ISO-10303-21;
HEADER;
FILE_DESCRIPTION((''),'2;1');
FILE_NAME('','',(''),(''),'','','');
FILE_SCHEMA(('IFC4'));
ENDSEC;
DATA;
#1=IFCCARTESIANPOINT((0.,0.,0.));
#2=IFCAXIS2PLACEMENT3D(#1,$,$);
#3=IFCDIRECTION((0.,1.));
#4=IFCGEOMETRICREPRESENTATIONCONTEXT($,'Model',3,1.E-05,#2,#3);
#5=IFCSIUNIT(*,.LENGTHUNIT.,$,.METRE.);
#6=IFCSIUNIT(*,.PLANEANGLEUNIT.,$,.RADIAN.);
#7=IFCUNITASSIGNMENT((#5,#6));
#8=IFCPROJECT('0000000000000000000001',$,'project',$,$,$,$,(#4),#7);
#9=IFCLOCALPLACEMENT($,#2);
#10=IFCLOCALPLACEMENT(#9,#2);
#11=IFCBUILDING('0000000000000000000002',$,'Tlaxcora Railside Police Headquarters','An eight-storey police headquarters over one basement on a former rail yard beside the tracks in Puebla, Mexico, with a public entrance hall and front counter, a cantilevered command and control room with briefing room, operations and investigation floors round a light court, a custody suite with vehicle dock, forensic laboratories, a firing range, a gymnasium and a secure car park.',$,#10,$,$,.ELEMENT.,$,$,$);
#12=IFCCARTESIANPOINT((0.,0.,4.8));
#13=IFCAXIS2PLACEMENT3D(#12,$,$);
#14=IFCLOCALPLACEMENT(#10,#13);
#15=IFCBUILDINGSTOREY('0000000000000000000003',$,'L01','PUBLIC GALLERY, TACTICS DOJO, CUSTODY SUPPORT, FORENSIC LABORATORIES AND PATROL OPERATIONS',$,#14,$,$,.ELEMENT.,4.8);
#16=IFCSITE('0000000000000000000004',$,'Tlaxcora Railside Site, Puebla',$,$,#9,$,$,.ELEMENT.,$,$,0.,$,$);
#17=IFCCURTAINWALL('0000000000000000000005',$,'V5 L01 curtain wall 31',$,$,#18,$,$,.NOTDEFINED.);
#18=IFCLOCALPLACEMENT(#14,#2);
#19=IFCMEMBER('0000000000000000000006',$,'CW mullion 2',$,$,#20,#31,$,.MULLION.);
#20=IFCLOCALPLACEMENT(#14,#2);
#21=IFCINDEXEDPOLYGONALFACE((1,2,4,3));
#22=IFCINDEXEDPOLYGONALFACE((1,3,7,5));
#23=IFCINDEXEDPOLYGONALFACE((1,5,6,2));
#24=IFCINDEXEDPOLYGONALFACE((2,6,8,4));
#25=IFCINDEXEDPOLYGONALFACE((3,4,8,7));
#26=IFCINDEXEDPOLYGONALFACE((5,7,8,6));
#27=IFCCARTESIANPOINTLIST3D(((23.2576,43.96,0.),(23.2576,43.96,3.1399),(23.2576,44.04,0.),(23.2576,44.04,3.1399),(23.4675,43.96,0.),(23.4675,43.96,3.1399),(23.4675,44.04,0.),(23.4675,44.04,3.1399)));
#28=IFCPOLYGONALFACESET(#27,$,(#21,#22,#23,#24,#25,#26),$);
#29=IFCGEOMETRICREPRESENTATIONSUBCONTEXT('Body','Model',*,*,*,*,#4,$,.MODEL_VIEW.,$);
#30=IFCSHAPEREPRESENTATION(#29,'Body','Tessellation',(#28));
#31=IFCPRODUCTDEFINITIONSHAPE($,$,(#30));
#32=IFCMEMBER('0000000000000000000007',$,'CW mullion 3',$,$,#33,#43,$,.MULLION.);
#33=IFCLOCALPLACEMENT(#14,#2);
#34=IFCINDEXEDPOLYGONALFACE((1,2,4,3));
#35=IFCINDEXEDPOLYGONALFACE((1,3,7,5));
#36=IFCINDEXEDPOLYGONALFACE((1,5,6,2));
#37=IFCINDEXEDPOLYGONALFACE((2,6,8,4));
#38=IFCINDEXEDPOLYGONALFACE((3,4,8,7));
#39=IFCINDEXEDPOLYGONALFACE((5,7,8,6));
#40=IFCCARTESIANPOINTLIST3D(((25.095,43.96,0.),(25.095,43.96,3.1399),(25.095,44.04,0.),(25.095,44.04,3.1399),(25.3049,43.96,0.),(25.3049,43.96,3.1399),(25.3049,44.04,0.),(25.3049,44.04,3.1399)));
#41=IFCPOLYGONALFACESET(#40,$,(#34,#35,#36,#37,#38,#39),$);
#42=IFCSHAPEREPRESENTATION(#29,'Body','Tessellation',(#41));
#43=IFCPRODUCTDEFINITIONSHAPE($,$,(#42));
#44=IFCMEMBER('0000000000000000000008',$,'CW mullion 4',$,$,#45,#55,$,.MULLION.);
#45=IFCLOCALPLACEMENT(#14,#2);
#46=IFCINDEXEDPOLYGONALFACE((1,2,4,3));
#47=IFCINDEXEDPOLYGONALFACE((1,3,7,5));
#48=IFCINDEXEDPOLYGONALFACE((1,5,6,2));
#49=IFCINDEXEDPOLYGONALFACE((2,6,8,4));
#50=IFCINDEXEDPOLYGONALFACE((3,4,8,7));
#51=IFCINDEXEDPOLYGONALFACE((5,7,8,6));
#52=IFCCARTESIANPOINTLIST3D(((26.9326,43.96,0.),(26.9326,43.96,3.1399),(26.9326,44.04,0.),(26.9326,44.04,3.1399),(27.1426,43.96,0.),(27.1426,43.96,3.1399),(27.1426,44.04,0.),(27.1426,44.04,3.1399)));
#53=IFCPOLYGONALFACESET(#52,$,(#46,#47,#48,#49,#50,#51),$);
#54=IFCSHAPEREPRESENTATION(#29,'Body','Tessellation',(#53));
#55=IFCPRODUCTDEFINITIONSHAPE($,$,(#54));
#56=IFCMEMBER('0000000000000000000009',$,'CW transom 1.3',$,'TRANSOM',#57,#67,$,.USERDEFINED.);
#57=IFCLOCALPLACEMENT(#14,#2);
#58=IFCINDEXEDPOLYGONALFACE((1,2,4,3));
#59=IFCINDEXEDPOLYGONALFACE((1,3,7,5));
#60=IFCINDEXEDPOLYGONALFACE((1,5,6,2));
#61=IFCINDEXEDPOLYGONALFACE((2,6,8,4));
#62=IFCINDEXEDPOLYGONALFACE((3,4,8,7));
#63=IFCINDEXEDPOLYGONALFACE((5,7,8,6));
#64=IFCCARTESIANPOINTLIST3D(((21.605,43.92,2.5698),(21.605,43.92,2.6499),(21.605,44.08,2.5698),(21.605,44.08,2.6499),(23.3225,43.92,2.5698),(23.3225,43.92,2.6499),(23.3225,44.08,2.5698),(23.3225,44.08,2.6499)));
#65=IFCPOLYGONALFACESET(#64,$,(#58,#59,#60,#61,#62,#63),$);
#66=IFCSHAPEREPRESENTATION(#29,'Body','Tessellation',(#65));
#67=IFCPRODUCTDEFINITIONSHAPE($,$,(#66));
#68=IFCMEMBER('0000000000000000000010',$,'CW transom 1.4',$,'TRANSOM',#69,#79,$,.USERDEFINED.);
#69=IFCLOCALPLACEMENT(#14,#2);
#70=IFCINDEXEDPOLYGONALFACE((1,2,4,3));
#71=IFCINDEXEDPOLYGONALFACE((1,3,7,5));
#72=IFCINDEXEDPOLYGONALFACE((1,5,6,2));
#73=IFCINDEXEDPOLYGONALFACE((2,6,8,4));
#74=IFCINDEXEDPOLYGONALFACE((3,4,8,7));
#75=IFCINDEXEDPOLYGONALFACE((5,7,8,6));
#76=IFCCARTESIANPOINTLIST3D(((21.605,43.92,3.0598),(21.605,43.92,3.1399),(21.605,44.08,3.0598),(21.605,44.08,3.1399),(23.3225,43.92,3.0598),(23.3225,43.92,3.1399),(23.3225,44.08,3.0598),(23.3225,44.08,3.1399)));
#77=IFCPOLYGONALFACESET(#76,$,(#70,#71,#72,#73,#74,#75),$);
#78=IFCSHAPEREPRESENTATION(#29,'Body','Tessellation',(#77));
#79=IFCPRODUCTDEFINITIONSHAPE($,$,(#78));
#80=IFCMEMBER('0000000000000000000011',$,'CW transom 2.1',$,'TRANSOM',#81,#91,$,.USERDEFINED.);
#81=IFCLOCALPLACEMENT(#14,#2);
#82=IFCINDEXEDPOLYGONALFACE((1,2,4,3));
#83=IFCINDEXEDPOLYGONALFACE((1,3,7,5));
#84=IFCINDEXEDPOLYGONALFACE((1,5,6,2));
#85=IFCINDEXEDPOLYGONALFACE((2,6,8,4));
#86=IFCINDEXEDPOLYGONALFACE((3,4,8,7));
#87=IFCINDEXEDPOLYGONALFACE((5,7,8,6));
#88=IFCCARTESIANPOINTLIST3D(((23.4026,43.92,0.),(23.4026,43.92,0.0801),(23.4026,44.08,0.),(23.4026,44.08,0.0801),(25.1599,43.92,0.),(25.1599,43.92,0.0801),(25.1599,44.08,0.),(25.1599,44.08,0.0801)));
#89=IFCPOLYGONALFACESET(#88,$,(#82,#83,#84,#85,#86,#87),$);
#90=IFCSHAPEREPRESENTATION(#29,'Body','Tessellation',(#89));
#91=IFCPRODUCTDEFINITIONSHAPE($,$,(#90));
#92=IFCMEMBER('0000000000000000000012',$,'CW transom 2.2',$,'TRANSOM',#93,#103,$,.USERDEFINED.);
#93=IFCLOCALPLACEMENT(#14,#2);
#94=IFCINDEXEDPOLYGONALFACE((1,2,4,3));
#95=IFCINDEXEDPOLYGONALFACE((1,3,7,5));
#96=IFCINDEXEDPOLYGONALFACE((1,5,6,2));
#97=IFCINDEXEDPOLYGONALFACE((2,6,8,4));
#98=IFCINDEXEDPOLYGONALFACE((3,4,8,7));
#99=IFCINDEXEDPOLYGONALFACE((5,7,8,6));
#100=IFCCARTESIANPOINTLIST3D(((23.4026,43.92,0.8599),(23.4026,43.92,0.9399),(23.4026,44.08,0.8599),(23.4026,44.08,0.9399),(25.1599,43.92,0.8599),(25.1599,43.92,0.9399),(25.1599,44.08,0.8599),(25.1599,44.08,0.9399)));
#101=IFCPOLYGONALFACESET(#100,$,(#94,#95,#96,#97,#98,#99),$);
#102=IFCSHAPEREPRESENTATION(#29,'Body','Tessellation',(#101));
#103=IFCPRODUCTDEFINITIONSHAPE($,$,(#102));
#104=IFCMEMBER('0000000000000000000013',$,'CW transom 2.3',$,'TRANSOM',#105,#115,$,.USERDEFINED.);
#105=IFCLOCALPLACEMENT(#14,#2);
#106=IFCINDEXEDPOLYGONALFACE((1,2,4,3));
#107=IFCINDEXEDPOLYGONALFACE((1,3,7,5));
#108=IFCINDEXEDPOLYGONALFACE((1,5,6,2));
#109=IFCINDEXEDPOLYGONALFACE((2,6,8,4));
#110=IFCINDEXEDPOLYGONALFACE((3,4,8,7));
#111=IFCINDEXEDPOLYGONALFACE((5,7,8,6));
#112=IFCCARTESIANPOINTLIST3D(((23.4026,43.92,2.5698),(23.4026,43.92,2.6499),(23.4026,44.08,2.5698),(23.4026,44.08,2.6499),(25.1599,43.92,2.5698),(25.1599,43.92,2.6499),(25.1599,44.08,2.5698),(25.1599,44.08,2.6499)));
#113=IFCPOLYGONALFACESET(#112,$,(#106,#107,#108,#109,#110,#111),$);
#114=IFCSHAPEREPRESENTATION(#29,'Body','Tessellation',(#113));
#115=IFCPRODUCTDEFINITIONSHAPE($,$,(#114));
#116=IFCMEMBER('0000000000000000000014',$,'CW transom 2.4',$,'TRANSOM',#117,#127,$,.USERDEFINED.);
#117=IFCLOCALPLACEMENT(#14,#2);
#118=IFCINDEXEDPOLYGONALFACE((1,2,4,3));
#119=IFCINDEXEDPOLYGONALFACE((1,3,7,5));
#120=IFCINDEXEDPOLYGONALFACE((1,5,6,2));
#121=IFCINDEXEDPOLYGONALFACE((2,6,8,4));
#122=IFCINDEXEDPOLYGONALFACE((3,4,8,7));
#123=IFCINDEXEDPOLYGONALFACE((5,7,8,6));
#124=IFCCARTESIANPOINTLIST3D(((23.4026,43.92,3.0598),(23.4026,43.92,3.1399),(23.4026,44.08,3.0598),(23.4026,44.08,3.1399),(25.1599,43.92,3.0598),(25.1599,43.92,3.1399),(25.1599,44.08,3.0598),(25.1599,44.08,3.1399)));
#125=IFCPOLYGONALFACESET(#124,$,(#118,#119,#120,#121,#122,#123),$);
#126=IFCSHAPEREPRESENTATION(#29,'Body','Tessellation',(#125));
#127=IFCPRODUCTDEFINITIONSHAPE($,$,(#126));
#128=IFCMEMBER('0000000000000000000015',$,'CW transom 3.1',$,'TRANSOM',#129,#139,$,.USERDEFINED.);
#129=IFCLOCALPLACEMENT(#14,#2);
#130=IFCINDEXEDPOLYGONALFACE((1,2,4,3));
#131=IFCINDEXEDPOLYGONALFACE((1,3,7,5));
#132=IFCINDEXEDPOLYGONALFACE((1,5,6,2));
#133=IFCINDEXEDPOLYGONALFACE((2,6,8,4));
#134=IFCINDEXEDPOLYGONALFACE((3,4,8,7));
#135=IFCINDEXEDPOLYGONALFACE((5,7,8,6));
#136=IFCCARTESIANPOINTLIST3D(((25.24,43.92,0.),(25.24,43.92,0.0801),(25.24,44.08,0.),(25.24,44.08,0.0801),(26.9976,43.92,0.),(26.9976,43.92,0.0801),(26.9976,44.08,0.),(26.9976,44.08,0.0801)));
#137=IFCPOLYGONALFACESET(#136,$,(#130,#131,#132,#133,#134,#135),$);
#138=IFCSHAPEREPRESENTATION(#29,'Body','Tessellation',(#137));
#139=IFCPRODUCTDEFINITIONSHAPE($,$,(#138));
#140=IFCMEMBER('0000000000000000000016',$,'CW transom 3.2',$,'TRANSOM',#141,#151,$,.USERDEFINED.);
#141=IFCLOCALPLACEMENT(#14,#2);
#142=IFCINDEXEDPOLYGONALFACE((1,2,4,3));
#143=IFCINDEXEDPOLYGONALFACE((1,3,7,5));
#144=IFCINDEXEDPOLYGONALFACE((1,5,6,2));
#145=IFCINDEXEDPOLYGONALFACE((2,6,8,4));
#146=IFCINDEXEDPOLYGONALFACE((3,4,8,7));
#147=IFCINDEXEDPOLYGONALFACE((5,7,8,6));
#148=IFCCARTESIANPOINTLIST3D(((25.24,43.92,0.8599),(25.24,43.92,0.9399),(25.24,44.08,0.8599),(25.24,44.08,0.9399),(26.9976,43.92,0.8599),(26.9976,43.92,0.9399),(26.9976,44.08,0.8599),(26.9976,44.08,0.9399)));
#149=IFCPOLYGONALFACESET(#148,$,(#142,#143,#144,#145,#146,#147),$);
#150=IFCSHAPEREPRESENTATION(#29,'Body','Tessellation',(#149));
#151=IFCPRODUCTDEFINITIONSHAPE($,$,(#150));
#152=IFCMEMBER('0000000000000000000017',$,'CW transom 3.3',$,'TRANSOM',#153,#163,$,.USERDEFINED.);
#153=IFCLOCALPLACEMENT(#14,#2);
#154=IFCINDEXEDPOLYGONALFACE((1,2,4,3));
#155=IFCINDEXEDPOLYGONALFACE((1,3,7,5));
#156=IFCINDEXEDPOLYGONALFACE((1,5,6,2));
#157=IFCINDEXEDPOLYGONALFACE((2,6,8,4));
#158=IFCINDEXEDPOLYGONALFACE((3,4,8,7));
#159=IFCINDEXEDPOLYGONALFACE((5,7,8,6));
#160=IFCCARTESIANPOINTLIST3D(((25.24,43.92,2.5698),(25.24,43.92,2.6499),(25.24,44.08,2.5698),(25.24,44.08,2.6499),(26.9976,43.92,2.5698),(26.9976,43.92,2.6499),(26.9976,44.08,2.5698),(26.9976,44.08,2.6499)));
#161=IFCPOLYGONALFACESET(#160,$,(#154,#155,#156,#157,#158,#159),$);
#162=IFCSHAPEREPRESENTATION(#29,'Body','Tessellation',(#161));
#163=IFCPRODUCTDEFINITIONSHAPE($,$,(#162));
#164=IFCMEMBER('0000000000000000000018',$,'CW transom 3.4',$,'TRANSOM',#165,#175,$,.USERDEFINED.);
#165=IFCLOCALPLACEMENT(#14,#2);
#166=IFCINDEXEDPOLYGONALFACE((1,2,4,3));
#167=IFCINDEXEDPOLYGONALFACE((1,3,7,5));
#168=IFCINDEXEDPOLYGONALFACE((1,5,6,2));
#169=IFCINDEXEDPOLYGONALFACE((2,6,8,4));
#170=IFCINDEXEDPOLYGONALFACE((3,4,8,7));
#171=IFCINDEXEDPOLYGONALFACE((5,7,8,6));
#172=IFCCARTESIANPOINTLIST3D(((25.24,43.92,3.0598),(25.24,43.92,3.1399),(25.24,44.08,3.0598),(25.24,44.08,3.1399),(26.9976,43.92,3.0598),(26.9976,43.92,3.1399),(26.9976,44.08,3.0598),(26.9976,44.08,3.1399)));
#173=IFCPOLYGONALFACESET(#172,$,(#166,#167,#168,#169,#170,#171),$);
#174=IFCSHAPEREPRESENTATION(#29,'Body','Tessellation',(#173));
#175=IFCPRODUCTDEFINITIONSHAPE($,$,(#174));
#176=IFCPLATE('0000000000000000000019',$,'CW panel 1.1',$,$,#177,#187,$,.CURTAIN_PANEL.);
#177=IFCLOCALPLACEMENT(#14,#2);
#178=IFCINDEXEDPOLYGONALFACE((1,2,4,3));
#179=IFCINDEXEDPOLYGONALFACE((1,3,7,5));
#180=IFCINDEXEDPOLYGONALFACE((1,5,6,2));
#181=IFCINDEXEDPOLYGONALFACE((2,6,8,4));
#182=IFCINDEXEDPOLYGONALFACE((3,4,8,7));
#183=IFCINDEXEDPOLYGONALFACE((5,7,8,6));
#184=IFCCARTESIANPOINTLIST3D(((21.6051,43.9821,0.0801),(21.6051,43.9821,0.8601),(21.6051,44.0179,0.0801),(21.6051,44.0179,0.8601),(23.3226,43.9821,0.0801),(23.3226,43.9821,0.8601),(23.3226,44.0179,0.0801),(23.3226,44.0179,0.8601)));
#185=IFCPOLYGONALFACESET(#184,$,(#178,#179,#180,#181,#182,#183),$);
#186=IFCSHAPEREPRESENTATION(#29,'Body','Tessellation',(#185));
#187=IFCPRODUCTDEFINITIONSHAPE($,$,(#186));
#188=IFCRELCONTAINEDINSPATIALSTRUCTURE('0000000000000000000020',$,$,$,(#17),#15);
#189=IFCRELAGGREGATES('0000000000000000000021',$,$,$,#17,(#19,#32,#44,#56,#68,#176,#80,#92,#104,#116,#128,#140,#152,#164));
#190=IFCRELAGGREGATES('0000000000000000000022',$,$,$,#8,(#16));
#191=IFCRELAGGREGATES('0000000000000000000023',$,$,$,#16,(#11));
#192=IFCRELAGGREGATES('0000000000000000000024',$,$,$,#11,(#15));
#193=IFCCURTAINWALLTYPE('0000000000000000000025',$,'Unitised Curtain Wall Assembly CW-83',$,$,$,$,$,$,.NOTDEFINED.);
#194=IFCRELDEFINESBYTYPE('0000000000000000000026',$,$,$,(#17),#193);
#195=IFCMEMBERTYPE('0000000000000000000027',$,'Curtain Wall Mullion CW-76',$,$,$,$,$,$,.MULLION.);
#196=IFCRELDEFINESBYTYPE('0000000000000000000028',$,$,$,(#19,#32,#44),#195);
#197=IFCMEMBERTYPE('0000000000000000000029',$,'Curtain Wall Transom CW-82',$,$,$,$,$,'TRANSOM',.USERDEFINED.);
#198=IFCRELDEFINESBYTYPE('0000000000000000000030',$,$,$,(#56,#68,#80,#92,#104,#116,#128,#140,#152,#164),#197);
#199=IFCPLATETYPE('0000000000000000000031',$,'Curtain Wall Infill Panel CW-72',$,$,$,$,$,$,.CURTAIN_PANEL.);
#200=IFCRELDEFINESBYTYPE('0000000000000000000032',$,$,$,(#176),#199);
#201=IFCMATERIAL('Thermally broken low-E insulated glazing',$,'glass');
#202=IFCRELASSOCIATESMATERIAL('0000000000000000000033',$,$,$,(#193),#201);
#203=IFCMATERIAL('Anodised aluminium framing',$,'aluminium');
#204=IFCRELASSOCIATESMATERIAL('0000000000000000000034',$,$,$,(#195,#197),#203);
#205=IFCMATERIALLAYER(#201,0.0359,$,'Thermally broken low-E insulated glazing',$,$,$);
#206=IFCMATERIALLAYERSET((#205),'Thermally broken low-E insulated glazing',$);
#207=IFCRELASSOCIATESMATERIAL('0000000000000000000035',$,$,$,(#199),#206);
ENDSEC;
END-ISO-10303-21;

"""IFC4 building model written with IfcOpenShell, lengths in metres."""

from ifc_helpers import new_model, si_unit, direction, frame, origin, origin_2d, place, context, subcontext, project, spatial, rectangle, extrude, material, layer, layer_set, material_profile, profile_set, type_object, element, aggregate, save


model = new_model("IFC4")

# Units and contexts
model_context = context("Model", 3, precision=1e-05, world=origin(), true_north=direction((0.0, 1.0)))
body_context = subcontext(model_context, "Body", "Model", "MODEL_VIEW")
ifc_project = project(units=[si_unit("LENGTHUNIT", "METRE"), si_unit("PLANEANGLEUNIT", "RADIAN")], contexts=[model_context])

# Site, building, storey
site_placement = place(None, origin())
site = spatial("IfcSite", under=ifc_project, at=site_placement, Name="Tlaxcora Railside Site, Puebla", CompositionType="ELEMENT", RefElevation=0.0)
building_placement = place(site_placement, origin())
building = spatial("IfcBuilding", under=site, at=building_placement, Name="Tlaxcora Railside Police Headquarters", Description="An eight-storey police headquarters over one basement on a former rail yard beside the tracks in Puebla, Mexico, with a public entrance hall and front counter, a cantilevered command and control room with briefing room, operations and investigation floors round a light court, a custody suite with vehicle dock, forensic laboratories, a firing range, a gymnasium and a secure car park.", CompositionType="ELEMENT")
storey_placement = place(building_placement, frame((0.0, 0.0, 4.8)))
storey = spatial("IfcBuildingStorey", under=building, at=storey_placement, Name="L01", Description="PUBLIC GALLERY, TACTICS DOJO, CUSTODY SUPPORT, FORENSIC LABORATORIES AND PATROL OPERATIONS", CompositionType="ELEMENT", Elevation=4.8)

# Curtain wall, members, plate
ifc_material_1 = material(Name="Thermally broken low-E insulated glazing", Category="glass")
curtain_wall_type = type_object("IfcCurtainWallType", Name="Unitised Curtain Wall Assembly CW-83", PredefinedType="NOTDEFINED", material=ifc_material_1)
curtain_wall_placement = place(storey_placement, origin())
curtain_wall = element("IfcCurtainWall", 1, at=curtain_wall_placement, inside=storey, type_object=curtain_wall_type, Name="V5 L01 curtain wall 31", PredefinedType="NOTDEFINED")
ifc_material_2 = material(Name="Anodised aluminium framing", Category="aluminium")
ifc_material_profile_1 = material_profile(ifc_material_2, rectangle(XDim=0.0801, YDim=0.21, at=origin_2d()), Name="AL80X210")
ifc_profile_set_1 = profile_set([ifc_material_profile_1], Name="Anodised aluminium framing")
member_type_1 = type_object("IfcMemberType", Name="Curtain Wall Mullion CW-76", PredefinedType="MULLION", material=ifc_profile_set_1)
member_1_placement = place(storey_placement, frame((23.3625, 44.0, 0.0), z_axis=(0.0, 0.0, 1.0), x_axis=(0.0, 1.0, 0.0)))
member_1 = element("IfcMember", 2, at=member_1_placement, type_object=member_type_1, Name="CW mullion 2", PredefinedType="MULLION", context=body_context, shape_type="SweptSolid", body=[
    extrude(rectangle(XDim=0.0801, YDim=0.21, at=origin_2d()), origin(), (0.0, 0.0, 1.0), 3.1399),
])
member_2_placement = place(storey_placement, frame((25.2, 44.0, 0.0), z_axis=(0.0, 0.0, 1.0), x_axis=(0.0, 1.0, 0.0)))
member_2 = element("IfcMember", 3, at=member_2_placement, type_object=member_type_1, Name="CW mullion 3", PredefinedType="MULLION", context=body_context, shape_type="SweptSolid", body=[
    extrude(rectangle(XDim=0.0801, YDim=0.21, at=origin_2d()), origin(), (0.0, 0.0, 1.0), 3.1399),
])
member_3_placement = place(storey_placement, frame((27.0376, 44.0, 0.0), z_axis=(0.0, 0.0, 1.0), x_axis=(0.0, 1.0, 0.0)))
member_3 = element("IfcMember", 4, at=member_3_placement, type_object=member_type_1, Name="CW mullion 4", PredefinedType="MULLION", context=body_context, shape_type="SweptSolid", body=[
    extrude(rectangle(XDim=0.0801, YDim=0.21, at=origin_2d()), origin(), (0.0, 0.0, 1.0), 3.1399),
])
ifc_material_profile_2 = material_profile(ifc_material_2, rectangle(XDim=0.1599, YDim=0.0801, at=origin_2d()), Name="AL80X160")
ifc_profile_set_2 = profile_set([ifc_material_profile_2], Name="Anodised aluminium framing")
member_type_2 = type_object("IfcMemberType", Name="Curtain Wall Transom CW-82", ElementType="TRANSOM", PredefinedType="USERDEFINED", material=ifc_profile_set_2)
member_4_placement = place(storey_placement, frame((21.605, 44.0, 2.6099), z_axis=(1.0, 0.0, 0.0), x_axis=(0.0, 1.0, 0.0)))
member_4 = element("IfcMember", 5, at=member_4_placement, type_object=member_type_2, Name="CW transom 1.3", ObjectType="TRANSOM", PredefinedType="USERDEFINED", context=body_context, shape_type="SweptSolid", body=[
    extrude(rectangle(XDim=0.1599, YDim=0.0801, at=origin_2d()), origin(), (0.0, 0.0, 1.0), 1.7175),
])
member_5_placement = place(storey_placement, frame((21.605, 44.0, 3.0999), z_axis=(1.0, 0.0, 0.0), x_axis=(0.0, 1.0, 0.0)))
member_5 = element("IfcMember", 6, at=member_5_placement, type_object=member_type_2, Name="CW transom 1.4", ObjectType="TRANSOM", PredefinedType="USERDEFINED", context=body_context, shape_type="SweptSolid", body=[
    extrude(rectangle(XDim=0.1599, YDim=0.0801, at=origin_2d()), origin(), (0.0, 0.0, 1.0), 1.7175),
])
member_6_placement = place(storey_placement, frame((23.4026, 44.0, 0.04), z_axis=(1.0, 0.0, 0.0), x_axis=(0.0, 1.0, 0.0)))
member_6 = element("IfcMember", 7, at=member_6_placement, type_object=member_type_2, Name="CW transom 2.1", ObjectType="TRANSOM", PredefinedType="USERDEFINED", context=body_context, shape_type="SweptSolid", body=[
    extrude(rectangle(XDim=0.1599, YDim=0.0801, at=origin_2d()), origin(), (0.0, 0.0, 1.0), 1.7573),
])
member_7_placement = place(storey_placement, frame((23.4026, 44.0, 0.8999), z_axis=(1.0, 0.0, 0.0), x_axis=(0.0, 1.0, 0.0)))
member_7 = element("IfcMember", 8, at=member_7_placement, type_object=member_type_2, Name="CW transom 2.2", ObjectType="TRANSOM", PredefinedType="USERDEFINED", context=body_context, shape_type="SweptSolid", body=[
    extrude(rectangle(XDim=0.1599, YDim=0.0801, at=origin_2d()), origin(), (0.0, 0.0, 1.0), 1.7573),
])
member_8_placement = place(storey_placement, frame((23.4026, 44.0, 2.6099), z_axis=(1.0, 0.0, 0.0), x_axis=(0.0, 1.0, 0.0)))
member_8 = element("IfcMember", 9, at=member_8_placement, type_object=member_type_2, Name="CW transom 2.3", ObjectType="TRANSOM", PredefinedType="USERDEFINED", context=body_context, shape_type="SweptSolid", body=[
    extrude(rectangle(XDim=0.1599, YDim=0.0801, at=origin_2d()), origin(), (0.0, 0.0, 1.0), 1.7573),
])
member_9_placement = place(storey_placement, frame((23.4026, 44.0, 3.0999), z_axis=(1.0, 0.0, 0.0), x_axis=(0.0, 1.0, 0.0)))
member_9 = element("IfcMember", 10, at=member_9_placement, type_object=member_type_2, Name="CW transom 2.4", ObjectType="TRANSOM", PredefinedType="USERDEFINED", context=body_context, shape_type="SweptSolid", body=[
    extrude(rectangle(XDim=0.1599, YDim=0.0801, at=origin_2d()), origin(), (0.0, 0.0, 1.0), 1.7573),
])
member_10_placement = place(storey_placement, frame((25.24, 44.0, 0.04), z_axis=(1.0, 0.0, 0.0), x_axis=(0.0, 1.0, 0.0)))
member_10 = element("IfcMember", 11, at=member_10_placement, type_object=member_type_2, Name="CW transom 3.1", ObjectType="TRANSOM", PredefinedType="USERDEFINED", context=body_context, shape_type="SweptSolid", body=[
    extrude(rectangle(XDim=0.1599, YDim=0.0801, at=origin_2d()), origin(), (0.0, 0.0, 1.0), 1.7576),
])
member_11_placement = place(storey_placement, frame((25.24, 44.0, 0.8999), z_axis=(1.0, 0.0, 0.0), x_axis=(0.0, 1.0, 0.0)))
member_11 = element("IfcMember", 12, at=member_11_placement, type_object=member_type_2, Name="CW transom 3.2", ObjectType="TRANSOM", PredefinedType="USERDEFINED", context=body_context, shape_type="SweptSolid", body=[
    extrude(rectangle(XDim=0.1599, YDim=0.0801, at=origin_2d()), origin(), (0.0, 0.0, 1.0), 1.7576),
])
member_12_placement = place(storey_placement, frame((25.24, 44.0, 2.6099), z_axis=(1.0, 0.0, 0.0), x_axis=(0.0, 1.0, 0.0)))
member_12 = element("IfcMember", 13, at=member_12_placement, type_object=member_type_2, Name="CW transom 3.3", ObjectType="TRANSOM", PredefinedType="USERDEFINED", context=body_context, shape_type="SweptSolid", body=[
    extrude(rectangle(XDim=0.1599, YDim=0.0801, at=origin_2d()), origin(), (0.0, 0.0, 1.0), 1.7576),
])
member_13_placement = place(storey_placement, frame((25.24, 44.0, 3.0999), z_axis=(1.0, 0.0, 0.0), x_axis=(0.0, 1.0, 0.0)))
member_13 = element("IfcMember", 14, at=member_13_placement, type_object=member_type_2, Name="CW transom 3.4", ObjectType="TRANSOM", PredefinedType="USERDEFINED", context=body_context, shape_type="SweptSolid", body=[
    extrude(rectangle(XDim=0.1599, YDim=0.0801, at=origin_2d()), origin(), (0.0, 0.0, 1.0), 1.7576),
])
ifc_layer = layer(ifc_material_1, 0.0359, Name="Thermally broken low-E insulated glazing")
ifc_layer_set = layer_set([ifc_layer], Name="Thermally broken low-E insulated glazing")
plate_type = type_object("IfcPlateType", Name="Curtain Wall Infill Panel CW-72", PredefinedType="CURTAIN_PANEL", material=ifc_layer_set)
plate_1_placement = place(storey_placement, frame((22.4639, 44.0, 0.0801), z_axis=(0.0, 0.0, 1.0), x_axis=(1.0, 0.0, 0.0)))
plate_1 = element("IfcPlate", 15, at=plate_1_placement, type_object=plate_type, Name="CW panel 1.1", PredefinedType="CURTAIN_PANEL", context=body_context, shape_type="SweptSolid", body=[
    extrude(rectangle(XDim=1.7175, YDim=0.0359, at=origin_2d()), origin(), (0.0, 0.0, 1.0), 0.78),
])
aggregate(curtain_wall, [member_1, member_2, member_3, member_4, member_5, plate_1, member_6, member_7, member_8, member_9, member_10, member_11, member_12, member_13])

save(model, "model.ifc")
